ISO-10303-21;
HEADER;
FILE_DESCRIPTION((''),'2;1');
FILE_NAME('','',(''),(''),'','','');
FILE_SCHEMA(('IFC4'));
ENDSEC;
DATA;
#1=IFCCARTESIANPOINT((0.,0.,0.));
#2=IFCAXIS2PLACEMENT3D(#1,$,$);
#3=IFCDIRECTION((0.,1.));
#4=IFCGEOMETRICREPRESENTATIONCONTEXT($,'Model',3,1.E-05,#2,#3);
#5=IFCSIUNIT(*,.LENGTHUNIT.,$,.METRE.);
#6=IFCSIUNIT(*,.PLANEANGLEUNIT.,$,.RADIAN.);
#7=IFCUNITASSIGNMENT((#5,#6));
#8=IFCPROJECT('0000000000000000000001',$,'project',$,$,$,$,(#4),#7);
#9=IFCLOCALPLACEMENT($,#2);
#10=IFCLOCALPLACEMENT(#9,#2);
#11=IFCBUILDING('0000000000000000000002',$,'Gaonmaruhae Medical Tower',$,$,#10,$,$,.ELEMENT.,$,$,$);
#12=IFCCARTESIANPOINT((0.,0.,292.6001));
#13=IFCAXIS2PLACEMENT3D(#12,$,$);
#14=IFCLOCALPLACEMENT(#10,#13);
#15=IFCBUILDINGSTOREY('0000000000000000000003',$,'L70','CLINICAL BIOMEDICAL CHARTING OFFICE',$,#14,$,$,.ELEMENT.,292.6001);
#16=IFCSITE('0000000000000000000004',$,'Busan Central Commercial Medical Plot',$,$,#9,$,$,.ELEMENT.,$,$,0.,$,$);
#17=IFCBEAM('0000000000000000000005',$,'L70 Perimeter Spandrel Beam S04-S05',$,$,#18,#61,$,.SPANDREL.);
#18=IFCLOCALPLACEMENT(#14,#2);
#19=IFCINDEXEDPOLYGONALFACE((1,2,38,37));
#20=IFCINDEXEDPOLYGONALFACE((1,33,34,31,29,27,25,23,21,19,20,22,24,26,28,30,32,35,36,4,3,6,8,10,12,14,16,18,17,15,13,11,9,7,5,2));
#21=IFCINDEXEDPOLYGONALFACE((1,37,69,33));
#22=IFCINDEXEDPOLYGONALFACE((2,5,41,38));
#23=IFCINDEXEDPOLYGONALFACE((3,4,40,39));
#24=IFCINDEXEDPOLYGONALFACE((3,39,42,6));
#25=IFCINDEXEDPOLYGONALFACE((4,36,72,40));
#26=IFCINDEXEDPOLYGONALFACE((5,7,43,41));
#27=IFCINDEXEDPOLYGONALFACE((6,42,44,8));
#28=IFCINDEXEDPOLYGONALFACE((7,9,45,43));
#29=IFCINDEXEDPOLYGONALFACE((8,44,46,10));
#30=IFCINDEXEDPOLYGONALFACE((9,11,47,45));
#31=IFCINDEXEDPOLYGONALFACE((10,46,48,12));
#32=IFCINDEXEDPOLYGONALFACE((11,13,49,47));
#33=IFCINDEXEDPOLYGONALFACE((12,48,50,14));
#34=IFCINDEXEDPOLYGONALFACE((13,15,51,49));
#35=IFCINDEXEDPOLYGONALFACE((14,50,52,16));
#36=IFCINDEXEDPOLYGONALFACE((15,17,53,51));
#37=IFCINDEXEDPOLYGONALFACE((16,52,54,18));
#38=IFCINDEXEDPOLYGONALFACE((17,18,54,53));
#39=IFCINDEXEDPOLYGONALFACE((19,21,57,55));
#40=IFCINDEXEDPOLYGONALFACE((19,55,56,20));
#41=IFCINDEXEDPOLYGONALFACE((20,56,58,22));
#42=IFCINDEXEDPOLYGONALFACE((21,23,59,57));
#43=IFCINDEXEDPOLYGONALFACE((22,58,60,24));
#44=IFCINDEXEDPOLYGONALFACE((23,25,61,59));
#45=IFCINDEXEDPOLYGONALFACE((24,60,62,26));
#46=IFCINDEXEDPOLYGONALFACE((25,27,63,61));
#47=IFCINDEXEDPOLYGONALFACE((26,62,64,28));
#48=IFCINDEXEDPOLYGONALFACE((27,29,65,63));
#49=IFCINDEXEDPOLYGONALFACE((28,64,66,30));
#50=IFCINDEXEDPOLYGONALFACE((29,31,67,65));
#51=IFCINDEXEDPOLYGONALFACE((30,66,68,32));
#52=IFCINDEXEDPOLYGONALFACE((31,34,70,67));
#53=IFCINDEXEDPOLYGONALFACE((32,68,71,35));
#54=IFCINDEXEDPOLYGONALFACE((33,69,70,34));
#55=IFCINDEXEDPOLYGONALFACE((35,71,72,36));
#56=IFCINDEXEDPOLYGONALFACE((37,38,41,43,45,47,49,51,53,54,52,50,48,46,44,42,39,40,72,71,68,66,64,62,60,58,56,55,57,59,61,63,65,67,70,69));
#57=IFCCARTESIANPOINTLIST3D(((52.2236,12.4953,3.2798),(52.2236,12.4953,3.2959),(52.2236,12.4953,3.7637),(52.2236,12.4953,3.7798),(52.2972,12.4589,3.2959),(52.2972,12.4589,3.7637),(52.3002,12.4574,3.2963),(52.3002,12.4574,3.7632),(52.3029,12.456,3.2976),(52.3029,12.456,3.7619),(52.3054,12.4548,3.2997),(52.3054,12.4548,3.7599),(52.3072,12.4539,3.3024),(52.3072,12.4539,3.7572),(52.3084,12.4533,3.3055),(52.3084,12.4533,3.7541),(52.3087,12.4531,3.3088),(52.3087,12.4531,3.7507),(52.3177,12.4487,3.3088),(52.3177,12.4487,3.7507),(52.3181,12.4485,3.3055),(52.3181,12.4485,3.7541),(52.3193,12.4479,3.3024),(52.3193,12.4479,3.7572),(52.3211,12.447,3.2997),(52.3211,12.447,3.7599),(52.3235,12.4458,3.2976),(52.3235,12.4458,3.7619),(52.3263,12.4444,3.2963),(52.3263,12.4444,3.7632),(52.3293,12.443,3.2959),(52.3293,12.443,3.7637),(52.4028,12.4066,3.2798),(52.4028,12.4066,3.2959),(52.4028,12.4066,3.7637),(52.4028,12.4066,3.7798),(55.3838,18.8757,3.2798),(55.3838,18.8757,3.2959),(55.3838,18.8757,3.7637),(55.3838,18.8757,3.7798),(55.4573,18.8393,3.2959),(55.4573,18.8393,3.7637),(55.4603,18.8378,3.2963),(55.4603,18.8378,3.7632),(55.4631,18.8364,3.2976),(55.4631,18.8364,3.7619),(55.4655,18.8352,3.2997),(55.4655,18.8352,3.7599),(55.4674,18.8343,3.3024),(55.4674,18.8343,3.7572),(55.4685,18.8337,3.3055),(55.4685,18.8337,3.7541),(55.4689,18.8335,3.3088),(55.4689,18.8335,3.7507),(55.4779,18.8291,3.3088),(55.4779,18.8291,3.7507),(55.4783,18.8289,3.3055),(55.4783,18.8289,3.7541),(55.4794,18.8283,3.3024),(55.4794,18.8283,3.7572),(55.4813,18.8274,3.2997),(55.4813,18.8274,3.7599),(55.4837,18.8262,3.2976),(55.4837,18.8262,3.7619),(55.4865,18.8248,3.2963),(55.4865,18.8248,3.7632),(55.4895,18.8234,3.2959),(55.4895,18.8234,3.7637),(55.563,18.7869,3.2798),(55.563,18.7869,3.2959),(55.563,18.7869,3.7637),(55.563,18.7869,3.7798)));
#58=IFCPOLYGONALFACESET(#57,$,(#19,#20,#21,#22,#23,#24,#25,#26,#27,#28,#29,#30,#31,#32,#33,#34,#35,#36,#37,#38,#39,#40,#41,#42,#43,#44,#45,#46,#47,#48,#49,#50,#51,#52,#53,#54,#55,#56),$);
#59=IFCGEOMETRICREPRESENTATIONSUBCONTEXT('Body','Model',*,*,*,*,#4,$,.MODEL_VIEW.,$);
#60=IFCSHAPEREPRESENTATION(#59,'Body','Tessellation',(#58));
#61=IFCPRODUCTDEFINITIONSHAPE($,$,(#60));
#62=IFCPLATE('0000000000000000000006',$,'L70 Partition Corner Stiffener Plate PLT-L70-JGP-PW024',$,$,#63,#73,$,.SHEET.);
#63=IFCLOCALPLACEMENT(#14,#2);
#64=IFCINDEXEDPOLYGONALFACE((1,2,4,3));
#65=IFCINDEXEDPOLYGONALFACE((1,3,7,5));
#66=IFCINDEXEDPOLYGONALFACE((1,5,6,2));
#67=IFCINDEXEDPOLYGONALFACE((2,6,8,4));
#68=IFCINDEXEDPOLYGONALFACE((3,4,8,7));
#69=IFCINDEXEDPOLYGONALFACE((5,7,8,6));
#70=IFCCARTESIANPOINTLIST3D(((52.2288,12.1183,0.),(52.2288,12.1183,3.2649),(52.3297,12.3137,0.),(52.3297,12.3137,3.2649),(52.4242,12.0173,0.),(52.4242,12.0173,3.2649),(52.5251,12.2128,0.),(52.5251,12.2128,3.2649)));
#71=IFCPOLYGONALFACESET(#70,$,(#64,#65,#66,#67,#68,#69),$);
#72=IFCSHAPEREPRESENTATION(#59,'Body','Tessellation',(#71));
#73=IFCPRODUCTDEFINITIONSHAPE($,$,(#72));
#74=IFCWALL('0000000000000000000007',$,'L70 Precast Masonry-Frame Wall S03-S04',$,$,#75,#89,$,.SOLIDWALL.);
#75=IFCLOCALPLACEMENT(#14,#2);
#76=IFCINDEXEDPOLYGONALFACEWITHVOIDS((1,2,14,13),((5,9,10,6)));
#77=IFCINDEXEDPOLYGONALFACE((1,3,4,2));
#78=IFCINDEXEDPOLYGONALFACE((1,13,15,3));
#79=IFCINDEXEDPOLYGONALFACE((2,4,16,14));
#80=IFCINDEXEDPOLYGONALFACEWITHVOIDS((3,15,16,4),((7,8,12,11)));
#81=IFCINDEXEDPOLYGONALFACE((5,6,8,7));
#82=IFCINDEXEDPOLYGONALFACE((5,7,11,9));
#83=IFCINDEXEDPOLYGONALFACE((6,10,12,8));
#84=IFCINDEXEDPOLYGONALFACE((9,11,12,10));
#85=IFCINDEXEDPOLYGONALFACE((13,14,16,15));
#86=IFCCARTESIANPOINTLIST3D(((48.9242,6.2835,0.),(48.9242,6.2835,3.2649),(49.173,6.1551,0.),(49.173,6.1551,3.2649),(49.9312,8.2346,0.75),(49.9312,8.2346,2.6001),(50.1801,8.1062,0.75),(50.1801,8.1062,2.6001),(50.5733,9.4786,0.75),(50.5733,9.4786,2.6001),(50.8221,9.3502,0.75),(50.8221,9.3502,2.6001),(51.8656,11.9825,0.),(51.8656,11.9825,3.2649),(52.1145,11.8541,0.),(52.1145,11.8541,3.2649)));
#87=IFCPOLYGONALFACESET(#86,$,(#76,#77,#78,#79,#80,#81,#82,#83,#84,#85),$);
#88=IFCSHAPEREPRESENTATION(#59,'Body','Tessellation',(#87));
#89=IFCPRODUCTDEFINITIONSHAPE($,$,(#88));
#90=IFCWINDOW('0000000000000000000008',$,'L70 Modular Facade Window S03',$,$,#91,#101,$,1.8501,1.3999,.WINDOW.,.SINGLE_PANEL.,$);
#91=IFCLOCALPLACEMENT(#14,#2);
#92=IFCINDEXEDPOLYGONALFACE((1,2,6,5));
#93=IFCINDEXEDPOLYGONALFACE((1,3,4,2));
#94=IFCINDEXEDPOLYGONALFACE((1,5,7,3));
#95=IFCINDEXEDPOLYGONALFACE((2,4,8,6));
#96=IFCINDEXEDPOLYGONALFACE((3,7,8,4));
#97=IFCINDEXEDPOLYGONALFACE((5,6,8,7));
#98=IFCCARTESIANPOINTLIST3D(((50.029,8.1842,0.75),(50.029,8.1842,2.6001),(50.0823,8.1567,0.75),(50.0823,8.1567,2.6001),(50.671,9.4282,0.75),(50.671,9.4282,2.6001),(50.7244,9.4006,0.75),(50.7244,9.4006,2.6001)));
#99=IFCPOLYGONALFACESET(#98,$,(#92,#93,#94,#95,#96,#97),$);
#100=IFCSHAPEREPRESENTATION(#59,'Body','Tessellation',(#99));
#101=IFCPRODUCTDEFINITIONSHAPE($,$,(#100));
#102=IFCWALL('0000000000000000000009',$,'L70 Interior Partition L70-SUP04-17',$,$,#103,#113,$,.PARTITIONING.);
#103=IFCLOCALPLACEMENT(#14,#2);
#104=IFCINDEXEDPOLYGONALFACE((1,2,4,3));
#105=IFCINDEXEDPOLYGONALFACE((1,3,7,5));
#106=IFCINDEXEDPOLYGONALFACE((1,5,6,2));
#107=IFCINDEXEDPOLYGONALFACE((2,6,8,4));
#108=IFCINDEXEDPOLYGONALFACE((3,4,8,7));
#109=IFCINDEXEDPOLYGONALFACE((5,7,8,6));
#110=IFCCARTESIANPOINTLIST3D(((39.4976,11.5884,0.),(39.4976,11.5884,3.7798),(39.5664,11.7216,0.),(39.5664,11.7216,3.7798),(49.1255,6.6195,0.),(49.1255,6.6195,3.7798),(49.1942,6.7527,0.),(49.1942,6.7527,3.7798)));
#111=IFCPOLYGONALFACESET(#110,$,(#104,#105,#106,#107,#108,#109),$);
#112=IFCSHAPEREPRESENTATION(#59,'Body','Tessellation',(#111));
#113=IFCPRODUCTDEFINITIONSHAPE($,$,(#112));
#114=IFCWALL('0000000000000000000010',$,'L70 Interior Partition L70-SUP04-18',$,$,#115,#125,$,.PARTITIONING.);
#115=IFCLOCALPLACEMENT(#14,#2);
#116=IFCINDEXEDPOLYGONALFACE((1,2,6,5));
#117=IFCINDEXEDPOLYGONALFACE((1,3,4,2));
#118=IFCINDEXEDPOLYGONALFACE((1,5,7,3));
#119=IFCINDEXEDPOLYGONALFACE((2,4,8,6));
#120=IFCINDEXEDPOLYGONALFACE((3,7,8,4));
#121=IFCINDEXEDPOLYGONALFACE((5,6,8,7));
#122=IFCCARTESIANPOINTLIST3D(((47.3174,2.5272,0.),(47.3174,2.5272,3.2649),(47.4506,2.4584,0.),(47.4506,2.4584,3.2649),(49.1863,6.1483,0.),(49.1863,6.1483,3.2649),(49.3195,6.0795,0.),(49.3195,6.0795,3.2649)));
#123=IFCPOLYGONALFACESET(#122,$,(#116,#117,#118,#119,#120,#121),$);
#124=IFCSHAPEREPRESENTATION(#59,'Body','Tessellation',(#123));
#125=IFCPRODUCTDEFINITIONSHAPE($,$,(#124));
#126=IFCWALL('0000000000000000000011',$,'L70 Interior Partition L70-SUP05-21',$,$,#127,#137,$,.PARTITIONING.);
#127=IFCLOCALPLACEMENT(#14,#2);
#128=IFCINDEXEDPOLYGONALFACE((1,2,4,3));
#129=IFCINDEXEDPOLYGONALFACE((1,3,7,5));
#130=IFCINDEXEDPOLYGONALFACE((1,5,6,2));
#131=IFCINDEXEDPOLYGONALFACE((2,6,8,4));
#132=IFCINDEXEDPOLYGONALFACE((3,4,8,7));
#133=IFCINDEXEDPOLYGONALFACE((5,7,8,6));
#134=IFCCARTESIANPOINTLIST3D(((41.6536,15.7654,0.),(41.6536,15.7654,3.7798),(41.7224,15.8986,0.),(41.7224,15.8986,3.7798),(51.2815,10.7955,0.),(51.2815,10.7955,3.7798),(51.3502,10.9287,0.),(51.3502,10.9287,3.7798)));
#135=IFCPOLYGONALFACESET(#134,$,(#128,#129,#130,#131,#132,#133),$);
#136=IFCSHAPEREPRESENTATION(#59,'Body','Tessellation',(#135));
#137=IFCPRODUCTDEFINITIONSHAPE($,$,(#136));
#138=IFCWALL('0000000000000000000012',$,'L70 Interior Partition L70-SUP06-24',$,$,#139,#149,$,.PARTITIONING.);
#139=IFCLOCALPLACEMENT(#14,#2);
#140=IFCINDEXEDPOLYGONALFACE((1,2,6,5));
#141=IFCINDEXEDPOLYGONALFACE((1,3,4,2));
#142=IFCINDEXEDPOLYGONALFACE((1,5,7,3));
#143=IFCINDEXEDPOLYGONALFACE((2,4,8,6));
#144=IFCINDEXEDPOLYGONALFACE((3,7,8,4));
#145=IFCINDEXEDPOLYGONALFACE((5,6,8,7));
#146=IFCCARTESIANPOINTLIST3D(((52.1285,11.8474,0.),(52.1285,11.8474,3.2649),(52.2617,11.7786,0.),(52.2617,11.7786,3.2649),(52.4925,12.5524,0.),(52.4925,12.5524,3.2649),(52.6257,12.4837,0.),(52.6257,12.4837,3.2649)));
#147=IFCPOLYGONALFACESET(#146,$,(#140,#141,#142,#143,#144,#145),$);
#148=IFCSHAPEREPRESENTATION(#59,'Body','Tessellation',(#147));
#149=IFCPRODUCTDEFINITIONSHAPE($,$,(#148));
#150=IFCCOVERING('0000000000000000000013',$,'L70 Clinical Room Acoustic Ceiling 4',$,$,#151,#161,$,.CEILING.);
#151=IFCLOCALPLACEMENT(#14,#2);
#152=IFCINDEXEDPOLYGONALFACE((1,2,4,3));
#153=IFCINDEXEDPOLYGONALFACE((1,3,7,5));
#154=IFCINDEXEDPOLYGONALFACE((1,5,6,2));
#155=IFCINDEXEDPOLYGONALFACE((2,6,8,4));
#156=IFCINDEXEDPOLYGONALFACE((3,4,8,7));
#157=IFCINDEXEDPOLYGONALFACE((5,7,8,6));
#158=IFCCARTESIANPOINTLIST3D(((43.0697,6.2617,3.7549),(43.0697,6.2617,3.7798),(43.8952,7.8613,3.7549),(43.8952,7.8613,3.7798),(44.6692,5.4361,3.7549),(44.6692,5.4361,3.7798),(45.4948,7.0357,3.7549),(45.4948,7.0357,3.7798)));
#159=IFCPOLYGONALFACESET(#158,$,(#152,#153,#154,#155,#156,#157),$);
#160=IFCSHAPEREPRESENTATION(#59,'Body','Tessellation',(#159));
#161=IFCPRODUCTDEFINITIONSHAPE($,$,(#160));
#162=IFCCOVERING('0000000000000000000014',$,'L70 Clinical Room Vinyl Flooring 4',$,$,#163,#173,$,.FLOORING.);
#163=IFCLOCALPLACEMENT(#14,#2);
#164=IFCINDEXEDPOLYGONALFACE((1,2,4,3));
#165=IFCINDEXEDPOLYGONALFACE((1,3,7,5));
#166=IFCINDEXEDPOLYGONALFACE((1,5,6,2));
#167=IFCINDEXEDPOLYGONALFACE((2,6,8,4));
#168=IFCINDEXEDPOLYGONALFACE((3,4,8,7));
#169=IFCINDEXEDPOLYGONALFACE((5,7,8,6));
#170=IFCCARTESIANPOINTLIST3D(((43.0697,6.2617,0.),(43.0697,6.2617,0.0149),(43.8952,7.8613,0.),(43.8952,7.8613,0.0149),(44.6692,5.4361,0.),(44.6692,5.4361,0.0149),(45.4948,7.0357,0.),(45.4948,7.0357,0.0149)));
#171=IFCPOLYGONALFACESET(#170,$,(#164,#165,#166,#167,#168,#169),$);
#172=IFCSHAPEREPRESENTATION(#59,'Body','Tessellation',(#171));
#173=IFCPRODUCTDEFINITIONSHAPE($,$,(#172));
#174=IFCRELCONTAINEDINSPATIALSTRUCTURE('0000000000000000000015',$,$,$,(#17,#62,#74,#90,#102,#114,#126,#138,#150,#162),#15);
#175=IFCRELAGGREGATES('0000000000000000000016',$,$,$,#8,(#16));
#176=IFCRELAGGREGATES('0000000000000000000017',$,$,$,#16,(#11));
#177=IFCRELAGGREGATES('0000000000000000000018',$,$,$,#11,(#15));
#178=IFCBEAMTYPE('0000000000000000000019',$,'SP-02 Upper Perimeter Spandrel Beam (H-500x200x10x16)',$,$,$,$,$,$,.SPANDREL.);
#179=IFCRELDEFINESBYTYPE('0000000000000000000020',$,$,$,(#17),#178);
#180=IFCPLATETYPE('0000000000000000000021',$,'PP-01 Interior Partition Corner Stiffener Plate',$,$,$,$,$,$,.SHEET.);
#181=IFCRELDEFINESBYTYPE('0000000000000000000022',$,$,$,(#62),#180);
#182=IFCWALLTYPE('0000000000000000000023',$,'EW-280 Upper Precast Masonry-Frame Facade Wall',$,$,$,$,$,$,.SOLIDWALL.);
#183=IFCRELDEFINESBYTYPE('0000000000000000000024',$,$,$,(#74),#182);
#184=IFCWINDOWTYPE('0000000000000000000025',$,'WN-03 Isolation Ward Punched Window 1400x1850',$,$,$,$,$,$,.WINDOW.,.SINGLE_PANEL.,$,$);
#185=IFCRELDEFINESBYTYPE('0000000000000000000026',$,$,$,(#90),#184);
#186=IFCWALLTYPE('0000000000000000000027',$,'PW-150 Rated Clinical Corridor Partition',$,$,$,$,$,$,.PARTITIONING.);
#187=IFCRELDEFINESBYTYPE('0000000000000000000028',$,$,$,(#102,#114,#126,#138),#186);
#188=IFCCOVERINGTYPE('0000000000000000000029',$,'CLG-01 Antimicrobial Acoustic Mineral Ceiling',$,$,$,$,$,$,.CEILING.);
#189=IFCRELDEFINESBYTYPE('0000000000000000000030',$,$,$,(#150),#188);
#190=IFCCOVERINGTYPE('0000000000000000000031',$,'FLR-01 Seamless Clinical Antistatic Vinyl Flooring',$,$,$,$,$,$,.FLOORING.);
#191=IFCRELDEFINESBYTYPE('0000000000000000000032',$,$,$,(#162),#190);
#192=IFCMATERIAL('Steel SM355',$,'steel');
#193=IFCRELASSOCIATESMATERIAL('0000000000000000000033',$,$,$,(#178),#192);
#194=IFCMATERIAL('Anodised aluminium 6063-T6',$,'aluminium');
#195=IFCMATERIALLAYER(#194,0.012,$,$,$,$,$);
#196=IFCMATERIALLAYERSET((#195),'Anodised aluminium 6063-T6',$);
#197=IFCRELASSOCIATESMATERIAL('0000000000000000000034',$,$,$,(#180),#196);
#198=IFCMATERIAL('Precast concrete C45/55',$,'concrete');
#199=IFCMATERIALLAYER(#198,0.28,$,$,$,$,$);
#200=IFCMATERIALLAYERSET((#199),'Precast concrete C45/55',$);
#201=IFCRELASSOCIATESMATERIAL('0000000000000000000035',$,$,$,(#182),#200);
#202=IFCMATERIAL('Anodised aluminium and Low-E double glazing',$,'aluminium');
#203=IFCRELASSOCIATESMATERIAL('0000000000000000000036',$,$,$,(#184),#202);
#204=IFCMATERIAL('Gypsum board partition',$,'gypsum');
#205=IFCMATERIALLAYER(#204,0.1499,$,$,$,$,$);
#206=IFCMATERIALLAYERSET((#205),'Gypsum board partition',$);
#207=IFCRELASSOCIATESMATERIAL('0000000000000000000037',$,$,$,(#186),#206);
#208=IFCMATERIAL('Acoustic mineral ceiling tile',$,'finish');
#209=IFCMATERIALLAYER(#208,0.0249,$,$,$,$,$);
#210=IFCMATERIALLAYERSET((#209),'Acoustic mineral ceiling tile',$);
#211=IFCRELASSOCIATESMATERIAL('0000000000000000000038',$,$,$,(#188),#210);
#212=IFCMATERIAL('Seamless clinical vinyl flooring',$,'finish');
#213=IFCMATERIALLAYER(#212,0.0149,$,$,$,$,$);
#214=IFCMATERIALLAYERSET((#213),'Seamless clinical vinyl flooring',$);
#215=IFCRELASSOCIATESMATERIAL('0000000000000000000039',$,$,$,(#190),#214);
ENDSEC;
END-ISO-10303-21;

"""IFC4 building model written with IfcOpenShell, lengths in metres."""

from ifc_helpers import new_model, si_unit, direction, frame, frame_2d, origin, origin_2d, place, context, subcontext, project, spatial, rectangle, i_section, extrude, material, layer, layer_set, material_profile, profile_set, type_object, element, fill, save


model = new_model("IFC4")

# Units and contexts
model_context = context("Model", 3, precision=1e-05, world=origin(), true_north=direction((0.0, 1.0)))
body_context = subcontext(model_context, "Body", "Model", "MODEL_VIEW")
ifc_project = project(units=[si_unit("LENGTHUNIT", "METRE"), si_unit("PLANEANGLEUNIT", "RADIAN")], contexts=[model_context])

# Site, building, storey
site_placement = place(None, origin())
site = spatial("IfcSite", under=ifc_project, at=site_placement, Name="Busan Central Commercial Medical Plot", CompositionType="ELEMENT", RefElevation=0.0)
building_placement = place(site_placement, origin())
building = spatial("IfcBuilding", under=site, at=building_placement, Name="Gaonmaruhae Medical Tower", CompositionType="ELEMENT")
storey_placement = place(building_placement, frame((0.0, 0.0, 292.6001)))
storey = spatial("IfcBuildingStorey", under=building, at=storey_placement, Name="L70", Description="CLINICAL BIOMEDICAL CHARTING OFFICE", CompositionType="ELEMENT", Elevation=292.6001)

# Shared definitions
ifc_material_1 = material(Name="Anodised aluminium and Low-E double glazing", Category="aluminium")
ifc_material_2 = material(Name="Anodised aluminium 6063-T6", Category="aluminium")

# Beam
ifc_material_3 = material(Name="Steel SM355", Category="steel")
ifc_material_profile_1 = material_profile(ifc_material_3, i_section(OverallWidth=0.2, OverallDepth=0.5, WebThickness=0.01, FlangeThickness=0.0161, FilletRadius=0.0129, at=origin_2d()), Name="H-500x200x10x16")
ifc_profile_set_1 = profile_set([ifc_material_profile_1], Name="Steel SM355")
beam_type_1 = type_object("IfcBeamType", Name="SP-02 Upper Perimeter Spandrel Beam (H-500x200x10x16)", PredefinedType="SPANDREL", material=ifc_profile_set_1)
for number, where, z_axis, x_axis, name in (
    (1, (52.3132, 12.4509, 3.5298), (0.443836, 0.896108, 0.0), (-0.896108, 0.443836, 0.0), "L70 Perimeter Spandrel Beam S04-S05"),
):
    element("IfcBeam", number, at=place(storey_placement, frame(where, z_axis=z_axis, x_axis=x_axis)), inside=storey, type_object=beam_type_1, Name=name, PredefinedType="SPANDREL", context=body_context, shape_type="SweptSolid", body=[
        extrude(i_section(OverallWidth=0.2, OverallDepth=0.5, WebThickness=0.01, FlangeThickness=0.0161, FilletRadius=0.0129, at=origin_2d()), origin(), (0.0, 0.0, 1.0), 7.1201),
    ])

# Plate
ifc_layer_1 = layer(ifc_material_2, 0.012)
ifc_layer_set_1 = layer_set([ifc_layer_1], Name="Anodised aluminium 6063-T6")
plate_type = type_object("IfcPlateType", Name="PP-01 Interior Partition Corner Stiffener Plate", PredefinedType="SHEET", material=ifc_layer_set_1)
plate_placement = place(storey_placement, frame((52.377, 12.1655, 0.0), z_axis=(0.0, 0.0, 1.0), x_axis=(-0.458774, -0.888553, 0.0)))
element("IfcPlate", 2, at=plate_placement, inside=storey, type_object=plate_type, Name="L70 Partition Corner Stiffener Plate PLT-L70-JGP-PW024", PredefinedType="SHEET", context=body_context, shape_type="SweptSolid", body=[
    extrude(rectangle(XDim=0.22, YDim=0.22, at=origin_2d()), origin(), (0.0, 0.0, 1.0), 3.2649),
])

# Wall, opening, window
ifc_material_4 = material(Name="Precast concrete C45/55", Category="concrete")
ifc_layer_2 = layer(ifc_material_4, 0.28)
ifc_layer_set_2 = layer_set([ifc_layer_2], Name="Precast concrete C45/55")
wall_type_1 = type_object("IfcWallType", Name="EW-280 Upper Precast Masonry-Frame Facade Wall", PredefinedType="SOLIDWALL", material=ifc_layer_set_2)
wall_1_placement = place(storey_placement, frame((51.99, 11.9182, 0.0), z_axis=(0.0, 0.0, 1.0), x_axis=(-0.458643, -0.888621, 0.0)))
wall_1 = element("IfcWall", 3, at=wall_1_placement, inside=storey, type_object=wall_type_1, Name="L70 Precast Masonry-Frame Wall S03-S04", PredefinedType="SOLIDWALL", context=body_context, shape_type="SweptSolid", body=[
    extrude(rectangle(XDim=6.4133, YDim=0.28, at=frame_2d((3.2065, 0.0))), origin(), (0.0, 0.0, 1.0), 3.2649),
])
opening_1_placement = place(wall_1_placement, frame((2.8176, 0.0, 0.75)))
opening_1 = element("IfcOpeningElement", 4, at=opening_1_placement, cuts=wall_1, PredefinedType="OPENING", context=body_context, shape_type="SweptSolid", body=[
    extrude(rectangle(XDim=1.3999, YDim=1.8501, at=frame_2d((0.7, 0.925))), frame((0.0, 0.1499, 0.0), z_axis=(0.0, -1.0, 0.0), x_axis=(1.0, 0.0, 0.0)), (0.0, 0.0, 1.0), 0.3),
])
window_type = type_object("IfcWindowType", Name="WN-03 Isolation Ward Punched Window 1400x1850", PartitioningType="SINGLE_PANEL", PredefinedType="WINDOW", material=ifc_material_1)
window_placement = place(opening_1_placement, origin())
window = element("IfcWindow", 5, at=window_placement, inside=storey, type_object=window_type, Name="L70 Modular Facade Window S03", OverallHeight=1.8501, OverallWidth=1.3999, PartitioningType="SINGLE_PANEL", PredefinedType="WINDOW", context=body_context, shape_type="SweptSolid", body=[
    extrude(rectangle(XDim=1.3999, YDim=1.8501, at=frame_2d((0.7, 0.925))), frame((0.0, 0.03, 0.0), z_axis=(0.0, -1.0, 0.0), x_axis=(1.0, 0.0, 0.0)), (0.0, 0.0, 1.0), 0.0601),
])
fill(opening_1, window)

# Walls
ifc_material_5 = material(Name="Gypsum board partition", Category="gypsum")
ifc_layer_3 = layer(ifc_material_5, 0.1499)
ifc_layer_set_3 = layer_set([ifc_layer_3], Name="Gypsum board partition")
wall_type_2 = type_object("IfcWallType", Name="PW-150 Rated Clinical Corridor Partition", PredefinedType="PARTITIONING", material=ifc_layer_set_3)
wall_2_placement = place(storey_placement, frame((39.532, 11.655, 0.0), z_axis=(0.0, 0.0, 1.0), x_axis=(0.88863, -0.458624, 0.0)))
element("IfcWall", 6, at=wall_2_placement, inside=storey, type_object=wall_type_2, Name="L70 Interior Partition L70-SUP04-17", PredefinedType="PARTITIONING", context=body_context, shape_type="SweptSolid", body=[
    extrude(rectangle(XDim=10.8345, YDim=0.1499, at=frame_2d((5.4172, 0.0))), origin(), (0.0, 0.0, 1.0), 3.7798),
])
wall_3_placement = place(storey_placement, frame((49.2529, 6.114, 0.0), z_axis=(0.0, 0.0, 1.0), x_axis=(-0.458632, -0.888626, 0.0)))
element("IfcWall", 7, at=wall_3_placement, inside=storey, type_object=wall_type_2, Name="L70 Interior Partition L70-SUP04-18", PredefinedType="PARTITIONING", context=body_context, shape_type="SweptSolid", body=[
    extrude(rectangle(XDim=4.075, YDim=0.1499, at=frame_2d((2.0376, 0.0))), origin(), (0.0, 0.0, 1.0), 3.2649),
])

# Wall
wall_4_placement = place(storey_placement, frame((41.688, 15.832, 0.0), z_axis=(0.0, 0.0, 1.0), x_axis=(0.888594, -0.458695, 0.0)))
element("IfcWall", 8, at=wall_4_placement, inside=storey, type_object=wall_type_2, Name="L70 Interior Partition L70-SUP05-21", PredefinedType="PARTITIONING", context=body_context, shape_type="SweptSolid", body=[
    extrude(rectangle(XDim=10.835, YDim=0.1499, at=frame_2d((5.4175, 0.0))), origin(), (0.0, 0.0, 1.0), 3.7798),
])

# Wall
wall_5_placement = place(storey_placement, frame((52.5591, 12.5181, 0.0), z_axis=(0.0, 0.0, 1.0), x_axis=(-0.458745, -0.888568, 0.0)))
element("IfcWall", 9, at=wall_5_placement, inside=storey, type_object=wall_type_2, Name="L70 Interior Partition L70-SUP06-24", PredefinedType="PARTITIONING", context=body_context, shape_type="SweptSolid", body=[
    extrude(rectangle(XDim=0.7935, YDim=0.1499, at=frame_2d((0.3967, 0.0))), origin(), (0.0, 0.0, 1.0), 3.2649),
])

# Coverings
ifc_material_6 = material(Name="Acoustic mineral ceiling tile", Category="finish")
ifc_layer_4 = layer(ifc_material_6, 0.0249)
ifc_layer_set_4 = layer_set([ifc_layer_4], Name="Acoustic mineral ceiling tile")
covering_type_1 = type_object("IfcCoveringType", Name="CLG-01 Antimicrobial Acoustic Mineral Ceiling", PredefinedType="CEILING", material=ifc_layer_set_4)
covering_1_placement = place(storey_placement, frame((44.2822, 6.6487, 3.7549), z_axis=(0.0, 0.0, 1.0), x_axis=(0.45865, 0.888617, 0.0)))
element("IfcCovering", 10, at=covering_1_placement, inside=storey, type_object=covering_type_1, Name="L70 Clinical Room Acoustic Ceiling 4", PredefinedType="CEILING", context=body_context, shape_type="SweptSolid", body=[
    extrude(rectangle(XDim=1.8, YDim=1.8, at=origin_2d()), origin(), (0.0, 0.0, 1.0), 0.0249),
])
ifc_material_7 = material(Name="Seamless clinical vinyl flooring", Category="finish")
ifc_layer_5 = layer(ifc_material_7, 0.0149)
ifc_layer_set_5 = layer_set([ifc_layer_5], Name="Seamless clinical vinyl flooring")
covering_type_2 = type_object("IfcCoveringType", Name="FLR-01 Seamless Clinical Antistatic Vinyl Flooring", PredefinedType="FLOORING", material=ifc_layer_set_5)
covering_2_placement = place(storey_placement, frame((44.2822, 6.6487, 0.0), z_axis=(0.0, 0.0, 1.0), x_axis=(0.45865, 0.888617, 0.0)))
element("IfcCovering", 11, at=covering_2_placement, inside=storey, type_object=covering_type_2, Name="L70 Clinical Room Vinyl Flooring 4", PredefinedType="FLOORING", context=body_context, shape_type="SweptSolid", body=[
    extrude(rectangle(XDim=1.8, YDim=1.8, at=origin_2d()), origin(), (0.0, 0.0, 1.0), 0.0149),
])

save(model, "model.ifc")
